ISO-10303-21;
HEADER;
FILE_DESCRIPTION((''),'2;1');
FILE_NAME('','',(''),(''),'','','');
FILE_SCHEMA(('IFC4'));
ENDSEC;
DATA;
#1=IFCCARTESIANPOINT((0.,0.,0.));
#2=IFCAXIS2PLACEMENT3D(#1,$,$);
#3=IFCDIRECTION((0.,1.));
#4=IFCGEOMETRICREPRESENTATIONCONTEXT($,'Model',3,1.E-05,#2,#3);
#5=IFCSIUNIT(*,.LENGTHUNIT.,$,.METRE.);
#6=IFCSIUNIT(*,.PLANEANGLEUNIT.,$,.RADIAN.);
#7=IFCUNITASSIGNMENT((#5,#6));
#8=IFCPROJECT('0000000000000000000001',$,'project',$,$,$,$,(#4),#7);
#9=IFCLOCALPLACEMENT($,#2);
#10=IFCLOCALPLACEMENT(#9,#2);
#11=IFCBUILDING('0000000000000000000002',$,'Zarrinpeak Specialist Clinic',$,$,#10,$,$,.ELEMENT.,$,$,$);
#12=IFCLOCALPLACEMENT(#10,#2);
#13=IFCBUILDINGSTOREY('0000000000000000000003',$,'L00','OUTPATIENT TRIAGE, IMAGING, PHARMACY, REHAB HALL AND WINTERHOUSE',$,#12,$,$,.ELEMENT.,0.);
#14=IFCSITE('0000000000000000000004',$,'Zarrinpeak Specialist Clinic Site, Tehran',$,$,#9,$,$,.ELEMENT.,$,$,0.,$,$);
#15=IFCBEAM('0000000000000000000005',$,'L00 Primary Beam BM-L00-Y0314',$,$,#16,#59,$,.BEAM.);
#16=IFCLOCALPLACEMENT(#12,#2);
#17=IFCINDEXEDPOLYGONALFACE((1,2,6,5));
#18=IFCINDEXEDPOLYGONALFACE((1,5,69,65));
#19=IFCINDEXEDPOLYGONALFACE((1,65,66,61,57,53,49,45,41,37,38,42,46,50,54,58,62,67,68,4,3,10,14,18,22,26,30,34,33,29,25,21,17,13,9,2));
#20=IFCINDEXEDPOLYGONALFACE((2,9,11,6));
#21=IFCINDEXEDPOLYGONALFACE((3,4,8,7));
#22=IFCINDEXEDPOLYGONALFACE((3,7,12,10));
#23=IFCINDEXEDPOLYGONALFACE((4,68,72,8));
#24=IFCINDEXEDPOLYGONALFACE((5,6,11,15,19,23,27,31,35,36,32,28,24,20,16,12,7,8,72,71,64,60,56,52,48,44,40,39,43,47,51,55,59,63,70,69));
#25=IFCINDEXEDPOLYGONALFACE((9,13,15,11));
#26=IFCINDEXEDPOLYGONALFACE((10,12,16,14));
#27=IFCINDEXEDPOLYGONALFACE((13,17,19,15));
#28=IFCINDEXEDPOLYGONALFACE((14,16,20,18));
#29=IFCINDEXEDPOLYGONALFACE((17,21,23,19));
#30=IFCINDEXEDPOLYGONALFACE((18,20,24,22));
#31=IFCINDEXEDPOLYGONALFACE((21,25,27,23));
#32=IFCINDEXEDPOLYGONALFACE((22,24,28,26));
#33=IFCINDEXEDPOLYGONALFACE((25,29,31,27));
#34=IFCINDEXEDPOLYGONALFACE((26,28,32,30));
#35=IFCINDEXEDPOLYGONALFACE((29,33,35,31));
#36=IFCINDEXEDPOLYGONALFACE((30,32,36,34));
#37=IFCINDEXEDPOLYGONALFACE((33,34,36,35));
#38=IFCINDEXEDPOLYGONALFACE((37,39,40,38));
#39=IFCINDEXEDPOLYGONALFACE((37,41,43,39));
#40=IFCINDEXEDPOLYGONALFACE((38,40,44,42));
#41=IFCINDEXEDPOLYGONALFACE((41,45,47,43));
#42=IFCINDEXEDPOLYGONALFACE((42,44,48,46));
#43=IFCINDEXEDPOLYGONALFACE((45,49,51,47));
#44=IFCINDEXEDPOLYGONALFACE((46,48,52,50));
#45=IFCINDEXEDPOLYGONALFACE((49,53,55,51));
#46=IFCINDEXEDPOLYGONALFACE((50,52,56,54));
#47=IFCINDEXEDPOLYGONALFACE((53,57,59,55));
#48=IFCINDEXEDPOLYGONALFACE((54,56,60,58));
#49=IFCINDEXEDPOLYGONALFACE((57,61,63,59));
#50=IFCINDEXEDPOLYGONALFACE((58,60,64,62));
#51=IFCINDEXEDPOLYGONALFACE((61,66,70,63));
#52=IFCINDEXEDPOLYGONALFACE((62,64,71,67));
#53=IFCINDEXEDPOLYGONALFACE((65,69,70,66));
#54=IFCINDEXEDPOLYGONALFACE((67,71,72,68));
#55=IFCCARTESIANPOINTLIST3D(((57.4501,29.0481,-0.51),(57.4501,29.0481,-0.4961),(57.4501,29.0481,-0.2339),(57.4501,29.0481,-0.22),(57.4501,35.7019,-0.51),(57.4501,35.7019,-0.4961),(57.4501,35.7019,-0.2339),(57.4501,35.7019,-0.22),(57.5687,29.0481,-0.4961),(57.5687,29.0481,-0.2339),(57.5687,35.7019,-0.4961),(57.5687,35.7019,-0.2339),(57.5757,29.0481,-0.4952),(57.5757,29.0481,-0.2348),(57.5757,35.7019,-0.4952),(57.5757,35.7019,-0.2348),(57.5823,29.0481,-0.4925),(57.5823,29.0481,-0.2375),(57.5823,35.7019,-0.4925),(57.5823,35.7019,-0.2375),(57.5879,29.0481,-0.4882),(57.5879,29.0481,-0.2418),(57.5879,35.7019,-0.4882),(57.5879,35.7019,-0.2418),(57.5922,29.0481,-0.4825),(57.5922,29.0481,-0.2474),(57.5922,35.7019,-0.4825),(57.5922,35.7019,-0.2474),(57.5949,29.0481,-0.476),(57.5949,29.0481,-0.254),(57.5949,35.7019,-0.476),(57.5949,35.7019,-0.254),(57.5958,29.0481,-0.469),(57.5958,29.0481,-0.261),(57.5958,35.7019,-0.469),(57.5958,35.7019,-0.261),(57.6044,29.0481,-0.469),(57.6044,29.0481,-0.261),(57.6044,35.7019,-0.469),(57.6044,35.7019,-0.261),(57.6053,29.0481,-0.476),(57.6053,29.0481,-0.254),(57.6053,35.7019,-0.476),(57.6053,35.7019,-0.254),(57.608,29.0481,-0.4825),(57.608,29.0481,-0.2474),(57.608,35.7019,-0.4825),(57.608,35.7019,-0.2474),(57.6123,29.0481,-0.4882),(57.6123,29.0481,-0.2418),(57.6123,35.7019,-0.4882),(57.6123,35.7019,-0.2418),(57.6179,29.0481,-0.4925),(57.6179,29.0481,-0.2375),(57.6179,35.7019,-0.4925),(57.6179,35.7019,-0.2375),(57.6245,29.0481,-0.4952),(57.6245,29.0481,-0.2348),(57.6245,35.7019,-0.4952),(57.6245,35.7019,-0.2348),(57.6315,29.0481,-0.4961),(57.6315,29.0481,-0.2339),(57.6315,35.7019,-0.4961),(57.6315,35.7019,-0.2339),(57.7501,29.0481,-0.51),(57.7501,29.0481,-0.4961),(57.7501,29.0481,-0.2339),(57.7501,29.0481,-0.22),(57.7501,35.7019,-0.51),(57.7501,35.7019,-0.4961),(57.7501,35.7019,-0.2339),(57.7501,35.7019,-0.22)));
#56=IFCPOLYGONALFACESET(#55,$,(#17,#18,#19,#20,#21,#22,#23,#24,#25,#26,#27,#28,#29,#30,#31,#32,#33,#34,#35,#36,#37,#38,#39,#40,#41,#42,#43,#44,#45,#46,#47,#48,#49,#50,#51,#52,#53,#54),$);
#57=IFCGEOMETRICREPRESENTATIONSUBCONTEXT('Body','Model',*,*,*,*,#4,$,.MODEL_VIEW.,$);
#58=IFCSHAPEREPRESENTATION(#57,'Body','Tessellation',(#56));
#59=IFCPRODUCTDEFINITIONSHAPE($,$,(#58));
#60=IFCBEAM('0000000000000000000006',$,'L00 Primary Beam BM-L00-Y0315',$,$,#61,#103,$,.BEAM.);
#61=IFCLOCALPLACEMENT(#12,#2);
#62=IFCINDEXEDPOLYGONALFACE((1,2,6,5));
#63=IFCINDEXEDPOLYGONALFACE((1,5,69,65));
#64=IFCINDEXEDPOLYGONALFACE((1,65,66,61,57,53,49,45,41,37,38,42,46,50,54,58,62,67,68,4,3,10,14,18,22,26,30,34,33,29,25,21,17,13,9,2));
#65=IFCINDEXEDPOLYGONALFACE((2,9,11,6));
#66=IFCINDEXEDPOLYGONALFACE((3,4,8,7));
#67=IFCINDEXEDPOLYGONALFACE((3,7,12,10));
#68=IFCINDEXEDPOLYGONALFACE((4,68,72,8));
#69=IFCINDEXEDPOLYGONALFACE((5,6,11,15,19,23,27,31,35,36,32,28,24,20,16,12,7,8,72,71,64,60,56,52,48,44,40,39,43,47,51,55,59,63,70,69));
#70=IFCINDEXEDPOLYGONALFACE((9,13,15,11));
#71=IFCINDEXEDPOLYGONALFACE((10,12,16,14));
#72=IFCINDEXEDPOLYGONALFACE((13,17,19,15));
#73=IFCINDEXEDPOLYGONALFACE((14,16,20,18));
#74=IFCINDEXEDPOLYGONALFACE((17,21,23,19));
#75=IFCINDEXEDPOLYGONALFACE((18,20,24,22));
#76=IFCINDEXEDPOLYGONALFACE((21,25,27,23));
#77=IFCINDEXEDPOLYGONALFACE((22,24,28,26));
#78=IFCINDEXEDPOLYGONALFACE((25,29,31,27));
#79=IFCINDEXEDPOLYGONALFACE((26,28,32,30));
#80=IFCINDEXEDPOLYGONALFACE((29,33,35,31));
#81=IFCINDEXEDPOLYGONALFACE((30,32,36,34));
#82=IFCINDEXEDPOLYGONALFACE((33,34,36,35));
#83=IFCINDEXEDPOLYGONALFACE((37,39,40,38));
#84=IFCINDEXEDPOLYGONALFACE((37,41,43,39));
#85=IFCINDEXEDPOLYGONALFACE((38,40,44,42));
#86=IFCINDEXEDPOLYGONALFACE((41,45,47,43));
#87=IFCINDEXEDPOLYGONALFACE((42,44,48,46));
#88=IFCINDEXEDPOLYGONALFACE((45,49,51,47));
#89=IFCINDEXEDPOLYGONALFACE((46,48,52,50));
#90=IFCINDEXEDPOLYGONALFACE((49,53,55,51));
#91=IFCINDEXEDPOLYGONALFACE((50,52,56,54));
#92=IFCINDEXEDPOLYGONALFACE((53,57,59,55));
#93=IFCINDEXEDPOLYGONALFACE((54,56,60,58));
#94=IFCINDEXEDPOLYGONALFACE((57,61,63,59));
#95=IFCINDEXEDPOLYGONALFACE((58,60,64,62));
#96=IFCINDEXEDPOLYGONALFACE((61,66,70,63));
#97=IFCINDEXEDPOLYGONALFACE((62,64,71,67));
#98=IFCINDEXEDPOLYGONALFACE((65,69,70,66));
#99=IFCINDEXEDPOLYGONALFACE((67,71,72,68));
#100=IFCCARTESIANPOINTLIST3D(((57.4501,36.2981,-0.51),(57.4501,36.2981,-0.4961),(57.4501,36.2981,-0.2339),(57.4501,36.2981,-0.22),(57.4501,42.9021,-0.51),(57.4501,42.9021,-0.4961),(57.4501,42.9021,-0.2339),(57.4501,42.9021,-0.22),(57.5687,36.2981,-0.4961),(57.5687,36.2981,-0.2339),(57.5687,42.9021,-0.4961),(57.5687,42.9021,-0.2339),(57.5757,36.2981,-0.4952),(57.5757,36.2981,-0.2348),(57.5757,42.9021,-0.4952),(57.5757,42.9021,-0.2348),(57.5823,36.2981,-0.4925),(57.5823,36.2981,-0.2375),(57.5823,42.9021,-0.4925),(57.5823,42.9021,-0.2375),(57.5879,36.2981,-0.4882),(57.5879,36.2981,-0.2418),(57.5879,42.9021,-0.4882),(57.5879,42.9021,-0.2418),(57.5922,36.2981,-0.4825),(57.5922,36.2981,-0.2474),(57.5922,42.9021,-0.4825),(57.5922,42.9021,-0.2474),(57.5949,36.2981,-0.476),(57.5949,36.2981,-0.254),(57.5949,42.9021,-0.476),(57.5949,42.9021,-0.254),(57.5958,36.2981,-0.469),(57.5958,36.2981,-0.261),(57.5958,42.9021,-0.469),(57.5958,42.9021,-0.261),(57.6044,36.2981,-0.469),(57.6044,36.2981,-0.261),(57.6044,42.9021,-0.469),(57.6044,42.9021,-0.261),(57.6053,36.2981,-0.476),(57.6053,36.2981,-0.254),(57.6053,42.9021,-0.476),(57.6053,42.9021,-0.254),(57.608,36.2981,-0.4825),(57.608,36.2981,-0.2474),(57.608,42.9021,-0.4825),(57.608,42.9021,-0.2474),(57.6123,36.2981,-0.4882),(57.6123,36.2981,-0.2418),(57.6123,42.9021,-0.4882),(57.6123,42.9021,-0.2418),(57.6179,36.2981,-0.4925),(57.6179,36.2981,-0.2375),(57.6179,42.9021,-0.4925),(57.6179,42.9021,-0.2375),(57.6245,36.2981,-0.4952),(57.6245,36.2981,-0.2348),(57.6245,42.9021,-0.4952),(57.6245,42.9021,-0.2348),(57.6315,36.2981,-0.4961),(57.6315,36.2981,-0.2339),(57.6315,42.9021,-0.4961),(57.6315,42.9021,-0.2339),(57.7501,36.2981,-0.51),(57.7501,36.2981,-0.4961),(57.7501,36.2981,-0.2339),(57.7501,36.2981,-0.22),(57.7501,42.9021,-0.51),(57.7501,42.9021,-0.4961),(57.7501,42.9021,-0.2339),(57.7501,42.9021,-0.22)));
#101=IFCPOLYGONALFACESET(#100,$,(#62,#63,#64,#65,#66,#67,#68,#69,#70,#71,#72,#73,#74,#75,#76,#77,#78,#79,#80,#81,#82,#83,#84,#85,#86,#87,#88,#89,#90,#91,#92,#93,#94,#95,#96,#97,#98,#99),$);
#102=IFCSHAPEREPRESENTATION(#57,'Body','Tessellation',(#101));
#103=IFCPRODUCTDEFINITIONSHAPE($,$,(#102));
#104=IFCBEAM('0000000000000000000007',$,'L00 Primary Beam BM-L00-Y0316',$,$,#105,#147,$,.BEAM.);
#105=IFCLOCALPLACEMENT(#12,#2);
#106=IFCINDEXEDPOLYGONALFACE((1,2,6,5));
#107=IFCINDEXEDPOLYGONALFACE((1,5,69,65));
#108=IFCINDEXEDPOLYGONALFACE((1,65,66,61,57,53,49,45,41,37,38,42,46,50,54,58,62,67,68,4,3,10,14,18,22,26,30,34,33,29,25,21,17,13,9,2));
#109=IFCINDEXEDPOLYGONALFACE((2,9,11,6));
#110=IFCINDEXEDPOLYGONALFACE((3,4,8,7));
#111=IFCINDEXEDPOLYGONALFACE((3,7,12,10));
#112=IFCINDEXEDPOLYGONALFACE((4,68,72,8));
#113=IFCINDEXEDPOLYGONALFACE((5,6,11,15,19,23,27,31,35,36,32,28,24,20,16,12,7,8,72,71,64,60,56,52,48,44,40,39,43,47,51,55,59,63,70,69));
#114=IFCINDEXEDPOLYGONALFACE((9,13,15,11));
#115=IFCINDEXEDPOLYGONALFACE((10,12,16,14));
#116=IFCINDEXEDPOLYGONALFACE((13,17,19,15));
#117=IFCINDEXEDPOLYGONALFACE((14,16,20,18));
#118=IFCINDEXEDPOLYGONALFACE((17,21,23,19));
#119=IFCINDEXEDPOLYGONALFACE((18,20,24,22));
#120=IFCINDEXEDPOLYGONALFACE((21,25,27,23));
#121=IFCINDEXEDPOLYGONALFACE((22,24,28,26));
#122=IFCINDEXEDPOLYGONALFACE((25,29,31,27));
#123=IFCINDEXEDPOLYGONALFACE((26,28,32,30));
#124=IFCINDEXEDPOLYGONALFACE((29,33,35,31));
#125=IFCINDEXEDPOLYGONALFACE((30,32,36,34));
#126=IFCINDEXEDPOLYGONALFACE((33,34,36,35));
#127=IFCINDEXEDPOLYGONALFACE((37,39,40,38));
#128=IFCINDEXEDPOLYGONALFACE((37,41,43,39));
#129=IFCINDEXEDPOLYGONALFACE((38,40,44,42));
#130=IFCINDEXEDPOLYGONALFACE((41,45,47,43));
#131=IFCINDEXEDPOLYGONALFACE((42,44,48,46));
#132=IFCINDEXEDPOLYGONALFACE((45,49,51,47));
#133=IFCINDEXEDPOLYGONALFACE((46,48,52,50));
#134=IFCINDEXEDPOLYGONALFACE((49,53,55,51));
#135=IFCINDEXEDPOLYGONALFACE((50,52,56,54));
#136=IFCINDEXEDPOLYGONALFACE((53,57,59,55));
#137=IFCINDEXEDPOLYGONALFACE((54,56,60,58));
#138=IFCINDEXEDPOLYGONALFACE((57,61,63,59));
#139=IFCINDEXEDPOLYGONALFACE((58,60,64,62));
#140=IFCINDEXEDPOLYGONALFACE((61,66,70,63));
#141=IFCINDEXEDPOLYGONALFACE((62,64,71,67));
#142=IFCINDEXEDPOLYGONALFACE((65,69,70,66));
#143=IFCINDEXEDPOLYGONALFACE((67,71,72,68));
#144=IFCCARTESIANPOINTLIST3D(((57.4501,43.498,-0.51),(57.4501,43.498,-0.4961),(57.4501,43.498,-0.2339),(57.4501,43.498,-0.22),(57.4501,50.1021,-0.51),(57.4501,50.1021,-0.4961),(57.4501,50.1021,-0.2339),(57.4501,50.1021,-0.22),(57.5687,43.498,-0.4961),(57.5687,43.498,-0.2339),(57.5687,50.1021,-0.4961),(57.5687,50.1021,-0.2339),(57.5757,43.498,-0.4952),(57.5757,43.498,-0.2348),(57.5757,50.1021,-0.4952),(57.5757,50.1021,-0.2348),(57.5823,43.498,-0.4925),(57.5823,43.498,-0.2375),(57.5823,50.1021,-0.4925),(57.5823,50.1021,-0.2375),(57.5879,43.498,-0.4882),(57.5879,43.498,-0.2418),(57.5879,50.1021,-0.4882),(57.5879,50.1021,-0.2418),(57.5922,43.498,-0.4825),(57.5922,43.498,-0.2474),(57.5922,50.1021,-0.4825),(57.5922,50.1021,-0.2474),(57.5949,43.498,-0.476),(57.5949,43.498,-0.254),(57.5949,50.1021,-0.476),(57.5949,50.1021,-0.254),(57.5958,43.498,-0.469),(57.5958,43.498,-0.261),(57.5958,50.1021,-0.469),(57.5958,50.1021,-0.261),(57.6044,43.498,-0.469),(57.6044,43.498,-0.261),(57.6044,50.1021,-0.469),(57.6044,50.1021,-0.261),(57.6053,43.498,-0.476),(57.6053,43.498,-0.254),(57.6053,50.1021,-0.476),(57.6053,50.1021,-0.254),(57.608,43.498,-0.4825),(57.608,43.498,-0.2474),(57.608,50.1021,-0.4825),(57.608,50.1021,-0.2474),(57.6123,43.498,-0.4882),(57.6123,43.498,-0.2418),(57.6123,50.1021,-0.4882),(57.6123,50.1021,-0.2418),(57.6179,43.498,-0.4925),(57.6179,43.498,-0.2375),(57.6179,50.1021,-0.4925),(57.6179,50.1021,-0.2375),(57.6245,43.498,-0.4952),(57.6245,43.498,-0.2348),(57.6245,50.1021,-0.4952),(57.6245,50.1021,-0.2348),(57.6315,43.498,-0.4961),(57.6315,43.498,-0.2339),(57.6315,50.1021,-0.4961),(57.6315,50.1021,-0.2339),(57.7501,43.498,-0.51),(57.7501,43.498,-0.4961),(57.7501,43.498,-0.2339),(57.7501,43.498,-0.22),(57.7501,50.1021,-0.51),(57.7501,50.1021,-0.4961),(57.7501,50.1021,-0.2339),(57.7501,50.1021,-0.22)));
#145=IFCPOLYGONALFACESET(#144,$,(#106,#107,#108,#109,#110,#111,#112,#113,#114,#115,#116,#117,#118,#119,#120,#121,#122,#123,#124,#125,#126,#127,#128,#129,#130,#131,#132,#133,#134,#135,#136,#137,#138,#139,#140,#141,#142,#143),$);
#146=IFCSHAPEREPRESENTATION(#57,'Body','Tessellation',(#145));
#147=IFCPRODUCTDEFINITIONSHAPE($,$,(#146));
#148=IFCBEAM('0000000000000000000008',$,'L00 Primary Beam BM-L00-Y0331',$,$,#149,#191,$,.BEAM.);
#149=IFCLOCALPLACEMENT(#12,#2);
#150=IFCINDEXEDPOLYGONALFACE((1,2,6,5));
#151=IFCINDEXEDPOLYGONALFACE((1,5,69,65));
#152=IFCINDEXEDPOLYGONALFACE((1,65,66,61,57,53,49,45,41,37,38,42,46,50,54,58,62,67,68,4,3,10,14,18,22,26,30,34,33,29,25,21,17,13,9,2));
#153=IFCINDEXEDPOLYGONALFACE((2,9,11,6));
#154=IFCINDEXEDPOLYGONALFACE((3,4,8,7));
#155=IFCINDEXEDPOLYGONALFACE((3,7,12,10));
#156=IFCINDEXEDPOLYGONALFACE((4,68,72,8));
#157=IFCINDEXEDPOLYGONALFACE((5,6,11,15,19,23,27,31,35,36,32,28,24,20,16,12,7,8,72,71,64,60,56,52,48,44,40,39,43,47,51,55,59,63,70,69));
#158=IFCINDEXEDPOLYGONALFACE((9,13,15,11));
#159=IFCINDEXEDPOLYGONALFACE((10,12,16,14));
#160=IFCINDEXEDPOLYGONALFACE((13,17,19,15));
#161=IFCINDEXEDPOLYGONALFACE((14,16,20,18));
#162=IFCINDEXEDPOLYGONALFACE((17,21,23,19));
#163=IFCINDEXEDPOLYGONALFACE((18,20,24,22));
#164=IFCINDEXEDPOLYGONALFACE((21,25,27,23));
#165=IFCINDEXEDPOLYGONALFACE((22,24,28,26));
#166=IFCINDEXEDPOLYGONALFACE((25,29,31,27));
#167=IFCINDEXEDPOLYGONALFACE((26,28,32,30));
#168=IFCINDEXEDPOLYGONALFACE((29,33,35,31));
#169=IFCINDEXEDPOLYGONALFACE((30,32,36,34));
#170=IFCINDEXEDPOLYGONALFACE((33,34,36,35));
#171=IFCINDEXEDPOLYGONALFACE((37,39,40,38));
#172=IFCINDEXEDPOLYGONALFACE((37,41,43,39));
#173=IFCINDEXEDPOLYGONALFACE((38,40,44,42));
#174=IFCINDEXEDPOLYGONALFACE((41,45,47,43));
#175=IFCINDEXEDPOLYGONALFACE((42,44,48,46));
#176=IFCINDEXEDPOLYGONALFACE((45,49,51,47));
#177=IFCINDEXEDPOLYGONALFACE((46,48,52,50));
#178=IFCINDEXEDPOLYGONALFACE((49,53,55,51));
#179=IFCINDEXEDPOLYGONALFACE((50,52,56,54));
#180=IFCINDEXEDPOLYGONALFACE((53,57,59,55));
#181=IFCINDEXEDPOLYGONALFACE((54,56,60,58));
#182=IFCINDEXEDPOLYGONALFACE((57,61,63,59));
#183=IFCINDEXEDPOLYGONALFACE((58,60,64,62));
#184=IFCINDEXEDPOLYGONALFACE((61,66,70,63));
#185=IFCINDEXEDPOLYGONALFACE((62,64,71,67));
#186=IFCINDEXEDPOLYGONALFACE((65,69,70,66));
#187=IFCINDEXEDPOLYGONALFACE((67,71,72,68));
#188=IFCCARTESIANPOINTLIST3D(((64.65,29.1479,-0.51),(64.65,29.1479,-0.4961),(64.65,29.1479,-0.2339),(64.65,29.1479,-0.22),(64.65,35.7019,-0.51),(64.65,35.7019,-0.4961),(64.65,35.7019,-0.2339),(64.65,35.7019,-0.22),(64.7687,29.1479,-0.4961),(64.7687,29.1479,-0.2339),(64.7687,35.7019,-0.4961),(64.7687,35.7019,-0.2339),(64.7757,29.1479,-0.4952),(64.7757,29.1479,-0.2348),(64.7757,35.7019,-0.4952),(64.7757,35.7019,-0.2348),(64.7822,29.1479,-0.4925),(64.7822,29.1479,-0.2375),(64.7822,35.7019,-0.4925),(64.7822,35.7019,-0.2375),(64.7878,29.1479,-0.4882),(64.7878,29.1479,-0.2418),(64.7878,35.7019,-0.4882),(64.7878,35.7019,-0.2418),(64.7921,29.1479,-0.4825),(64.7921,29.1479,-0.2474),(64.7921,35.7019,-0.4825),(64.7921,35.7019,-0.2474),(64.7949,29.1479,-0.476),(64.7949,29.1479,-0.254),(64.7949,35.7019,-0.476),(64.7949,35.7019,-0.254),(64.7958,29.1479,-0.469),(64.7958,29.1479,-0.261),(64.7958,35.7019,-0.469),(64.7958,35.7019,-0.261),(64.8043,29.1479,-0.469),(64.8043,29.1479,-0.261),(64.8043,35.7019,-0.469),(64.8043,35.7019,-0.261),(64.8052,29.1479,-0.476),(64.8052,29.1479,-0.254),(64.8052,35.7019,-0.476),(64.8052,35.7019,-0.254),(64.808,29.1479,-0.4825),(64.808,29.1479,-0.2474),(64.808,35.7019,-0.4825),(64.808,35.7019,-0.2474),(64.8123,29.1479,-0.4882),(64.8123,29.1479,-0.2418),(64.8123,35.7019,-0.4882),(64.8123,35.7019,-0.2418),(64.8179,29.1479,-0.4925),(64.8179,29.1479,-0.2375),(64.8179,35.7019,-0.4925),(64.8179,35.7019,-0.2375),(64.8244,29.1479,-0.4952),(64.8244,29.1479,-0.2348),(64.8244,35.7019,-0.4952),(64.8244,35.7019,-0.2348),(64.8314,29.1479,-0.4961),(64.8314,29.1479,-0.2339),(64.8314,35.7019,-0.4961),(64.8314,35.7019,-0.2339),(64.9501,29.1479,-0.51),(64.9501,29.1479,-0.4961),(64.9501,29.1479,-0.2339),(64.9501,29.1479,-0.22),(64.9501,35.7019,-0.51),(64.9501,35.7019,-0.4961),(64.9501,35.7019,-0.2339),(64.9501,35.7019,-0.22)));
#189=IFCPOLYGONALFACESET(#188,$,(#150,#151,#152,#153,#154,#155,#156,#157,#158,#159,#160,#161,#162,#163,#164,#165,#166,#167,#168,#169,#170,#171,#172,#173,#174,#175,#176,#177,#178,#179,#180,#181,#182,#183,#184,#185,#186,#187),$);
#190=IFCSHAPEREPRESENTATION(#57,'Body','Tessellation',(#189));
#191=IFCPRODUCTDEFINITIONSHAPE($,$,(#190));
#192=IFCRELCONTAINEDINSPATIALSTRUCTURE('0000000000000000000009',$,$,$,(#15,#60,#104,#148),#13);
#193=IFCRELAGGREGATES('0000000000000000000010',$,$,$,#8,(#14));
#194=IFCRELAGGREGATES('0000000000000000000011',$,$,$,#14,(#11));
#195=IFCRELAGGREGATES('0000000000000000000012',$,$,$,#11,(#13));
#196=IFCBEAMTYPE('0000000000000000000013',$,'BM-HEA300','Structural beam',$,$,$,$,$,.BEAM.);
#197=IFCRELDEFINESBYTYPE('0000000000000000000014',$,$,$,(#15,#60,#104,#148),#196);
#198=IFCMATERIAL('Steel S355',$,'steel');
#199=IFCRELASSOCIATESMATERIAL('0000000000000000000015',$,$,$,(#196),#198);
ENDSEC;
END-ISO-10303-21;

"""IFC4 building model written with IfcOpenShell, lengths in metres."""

from ifc_helpers import new_model, si_unit, direction, frame, origin, origin_2d, place, context, subcontext, project, spatial, i_section, extrude, material, material_profile, profile_set, type_object, element, save


model = new_model("IFC4")

# Units and contexts
model_context = context("Model", 3, precision=1e-05, world=origin(), true_north=direction((0.0, 1.0)))
body_context = subcontext(model_context, "Body", "Model", "MODEL_VIEW")
ifc_project = project(units=[si_unit("LENGTHUNIT", "METRE"), si_unit("PLANEANGLEUNIT", "RADIAN")], contexts=[model_context])

# Site, building, storey
site_placement = place(None, origin())
site = spatial("IfcSite", under=ifc_project, at=site_placement, Name="Zarrinpeak Specialist Clinic Site, Tehran", CompositionType="ELEMENT", RefElevation=0.0)
building_placement = place(site_placement, origin())
building = spatial("IfcBuilding", under=site, at=building_placement, Name="Zarrinpeak Specialist Clinic", CompositionType="ELEMENT")
storey_placement = place(building_placement, origin())
storey = spatial("IfcBuildingStorey", under=building, at=storey_placement, Name="L00", Description="OUTPATIENT TRIAGE, IMAGING, PHARMACY, REHAB HALL AND WINTERHOUSE", CompositionType="ELEMENT", Elevation=0.0)

# Beams
ifc_material_1 = material(Name="Steel S355", Category="steel")
ifc_material_profile_1 = material_profile(ifc_material_1, i_section(OverallWidth=0.3, OverallDepth=0.29, WebThickness=0.0085, FlangeThickness=0.0139, FilletRadius=0.0271, at=origin_2d()), Name="HEA 300")
ifc_profile_set_1 = profile_set([ifc_material_profile_1], Name="Steel S355")
beam_type_1 = type_object("IfcBeamType", Name="BM-HEA300", Description="Structural beam", PredefinedType="BEAM", material=ifc_profile_set_1)
beam_1_placement = place(storey_placement, frame((57.6001, 29.0481, -0.365), z_axis=(0.0, 1.0, 0.0), x_axis=(-1.0, 0.0, 0.0)))
element("IfcBeam", 1, at=beam_1_placement, inside=storey, type_object=beam_type_1, Name="L00 Primary Beam BM-L00-Y0314", PredefinedType="BEAM", context=body_context, shape_type="SweptSolid", body=[
    extrude(i_section(OverallWidth=0.3, OverallDepth=0.29, WebThickness=0.0085, FlangeThickness=0.0139, FilletRadius=0.0271, at=origin_2d()), origin(), (0.0, 0.0, 1.0), 6.6538),
])
for number, where, z_axis, x_axis, name in (
    (2, (57.6001, 36.2981, -0.365), (0.0, 1.0, 0.0), (-1.0, 0.0, 0.0), "L00 Primary Beam BM-L00-Y0315"),
    (3, (57.6001, 43.498, -0.365), (0.0, 1.0, 0.0), (-1.0, 0.0, 0.0), "L00 Primary Beam BM-L00-Y0316"),
):
    element("IfcBeam", number, at=place(storey_placement, frame(where, z_axis=z_axis, x_axis=x_axis)), inside=storey, type_object=beam_type_1, Name=name, PredefinedType="BEAM", context=body_context, shape_type="SweptSolid", body=[
        extrude(i_section(OverallWidth=0.3, OverallDepth=0.29, WebThickness=0.0085, FlangeThickness=0.0139, FilletRadius=0.0271, at=origin_2d()), origin(), (0.0, 0.0, 1.0), 6.604),
    ])
beam_2_placement = place(storey_placement, frame((64.8, 29.1479, -0.365), z_axis=(0.0, 1.0, 0.0), x_axis=(-1.0, 0.0, 0.0)))
element("IfcBeam", 4, at=beam_2_placement, inside=storey, type_object=beam_type_1, Name="L00 Primary Beam BM-L00-Y0331", PredefinedType="BEAM", context=body_context, shape_type="SweptSolid", body=[
    extrude(i_section(OverallWidth=0.3, OverallDepth=0.29, WebThickness=0.0085, FlangeThickness=0.0139, FilletRadius=0.0271, at=origin_2d()), origin(), (0.0, 0.0, 1.0), 6.554),
])

save(model, "model.ifc")
